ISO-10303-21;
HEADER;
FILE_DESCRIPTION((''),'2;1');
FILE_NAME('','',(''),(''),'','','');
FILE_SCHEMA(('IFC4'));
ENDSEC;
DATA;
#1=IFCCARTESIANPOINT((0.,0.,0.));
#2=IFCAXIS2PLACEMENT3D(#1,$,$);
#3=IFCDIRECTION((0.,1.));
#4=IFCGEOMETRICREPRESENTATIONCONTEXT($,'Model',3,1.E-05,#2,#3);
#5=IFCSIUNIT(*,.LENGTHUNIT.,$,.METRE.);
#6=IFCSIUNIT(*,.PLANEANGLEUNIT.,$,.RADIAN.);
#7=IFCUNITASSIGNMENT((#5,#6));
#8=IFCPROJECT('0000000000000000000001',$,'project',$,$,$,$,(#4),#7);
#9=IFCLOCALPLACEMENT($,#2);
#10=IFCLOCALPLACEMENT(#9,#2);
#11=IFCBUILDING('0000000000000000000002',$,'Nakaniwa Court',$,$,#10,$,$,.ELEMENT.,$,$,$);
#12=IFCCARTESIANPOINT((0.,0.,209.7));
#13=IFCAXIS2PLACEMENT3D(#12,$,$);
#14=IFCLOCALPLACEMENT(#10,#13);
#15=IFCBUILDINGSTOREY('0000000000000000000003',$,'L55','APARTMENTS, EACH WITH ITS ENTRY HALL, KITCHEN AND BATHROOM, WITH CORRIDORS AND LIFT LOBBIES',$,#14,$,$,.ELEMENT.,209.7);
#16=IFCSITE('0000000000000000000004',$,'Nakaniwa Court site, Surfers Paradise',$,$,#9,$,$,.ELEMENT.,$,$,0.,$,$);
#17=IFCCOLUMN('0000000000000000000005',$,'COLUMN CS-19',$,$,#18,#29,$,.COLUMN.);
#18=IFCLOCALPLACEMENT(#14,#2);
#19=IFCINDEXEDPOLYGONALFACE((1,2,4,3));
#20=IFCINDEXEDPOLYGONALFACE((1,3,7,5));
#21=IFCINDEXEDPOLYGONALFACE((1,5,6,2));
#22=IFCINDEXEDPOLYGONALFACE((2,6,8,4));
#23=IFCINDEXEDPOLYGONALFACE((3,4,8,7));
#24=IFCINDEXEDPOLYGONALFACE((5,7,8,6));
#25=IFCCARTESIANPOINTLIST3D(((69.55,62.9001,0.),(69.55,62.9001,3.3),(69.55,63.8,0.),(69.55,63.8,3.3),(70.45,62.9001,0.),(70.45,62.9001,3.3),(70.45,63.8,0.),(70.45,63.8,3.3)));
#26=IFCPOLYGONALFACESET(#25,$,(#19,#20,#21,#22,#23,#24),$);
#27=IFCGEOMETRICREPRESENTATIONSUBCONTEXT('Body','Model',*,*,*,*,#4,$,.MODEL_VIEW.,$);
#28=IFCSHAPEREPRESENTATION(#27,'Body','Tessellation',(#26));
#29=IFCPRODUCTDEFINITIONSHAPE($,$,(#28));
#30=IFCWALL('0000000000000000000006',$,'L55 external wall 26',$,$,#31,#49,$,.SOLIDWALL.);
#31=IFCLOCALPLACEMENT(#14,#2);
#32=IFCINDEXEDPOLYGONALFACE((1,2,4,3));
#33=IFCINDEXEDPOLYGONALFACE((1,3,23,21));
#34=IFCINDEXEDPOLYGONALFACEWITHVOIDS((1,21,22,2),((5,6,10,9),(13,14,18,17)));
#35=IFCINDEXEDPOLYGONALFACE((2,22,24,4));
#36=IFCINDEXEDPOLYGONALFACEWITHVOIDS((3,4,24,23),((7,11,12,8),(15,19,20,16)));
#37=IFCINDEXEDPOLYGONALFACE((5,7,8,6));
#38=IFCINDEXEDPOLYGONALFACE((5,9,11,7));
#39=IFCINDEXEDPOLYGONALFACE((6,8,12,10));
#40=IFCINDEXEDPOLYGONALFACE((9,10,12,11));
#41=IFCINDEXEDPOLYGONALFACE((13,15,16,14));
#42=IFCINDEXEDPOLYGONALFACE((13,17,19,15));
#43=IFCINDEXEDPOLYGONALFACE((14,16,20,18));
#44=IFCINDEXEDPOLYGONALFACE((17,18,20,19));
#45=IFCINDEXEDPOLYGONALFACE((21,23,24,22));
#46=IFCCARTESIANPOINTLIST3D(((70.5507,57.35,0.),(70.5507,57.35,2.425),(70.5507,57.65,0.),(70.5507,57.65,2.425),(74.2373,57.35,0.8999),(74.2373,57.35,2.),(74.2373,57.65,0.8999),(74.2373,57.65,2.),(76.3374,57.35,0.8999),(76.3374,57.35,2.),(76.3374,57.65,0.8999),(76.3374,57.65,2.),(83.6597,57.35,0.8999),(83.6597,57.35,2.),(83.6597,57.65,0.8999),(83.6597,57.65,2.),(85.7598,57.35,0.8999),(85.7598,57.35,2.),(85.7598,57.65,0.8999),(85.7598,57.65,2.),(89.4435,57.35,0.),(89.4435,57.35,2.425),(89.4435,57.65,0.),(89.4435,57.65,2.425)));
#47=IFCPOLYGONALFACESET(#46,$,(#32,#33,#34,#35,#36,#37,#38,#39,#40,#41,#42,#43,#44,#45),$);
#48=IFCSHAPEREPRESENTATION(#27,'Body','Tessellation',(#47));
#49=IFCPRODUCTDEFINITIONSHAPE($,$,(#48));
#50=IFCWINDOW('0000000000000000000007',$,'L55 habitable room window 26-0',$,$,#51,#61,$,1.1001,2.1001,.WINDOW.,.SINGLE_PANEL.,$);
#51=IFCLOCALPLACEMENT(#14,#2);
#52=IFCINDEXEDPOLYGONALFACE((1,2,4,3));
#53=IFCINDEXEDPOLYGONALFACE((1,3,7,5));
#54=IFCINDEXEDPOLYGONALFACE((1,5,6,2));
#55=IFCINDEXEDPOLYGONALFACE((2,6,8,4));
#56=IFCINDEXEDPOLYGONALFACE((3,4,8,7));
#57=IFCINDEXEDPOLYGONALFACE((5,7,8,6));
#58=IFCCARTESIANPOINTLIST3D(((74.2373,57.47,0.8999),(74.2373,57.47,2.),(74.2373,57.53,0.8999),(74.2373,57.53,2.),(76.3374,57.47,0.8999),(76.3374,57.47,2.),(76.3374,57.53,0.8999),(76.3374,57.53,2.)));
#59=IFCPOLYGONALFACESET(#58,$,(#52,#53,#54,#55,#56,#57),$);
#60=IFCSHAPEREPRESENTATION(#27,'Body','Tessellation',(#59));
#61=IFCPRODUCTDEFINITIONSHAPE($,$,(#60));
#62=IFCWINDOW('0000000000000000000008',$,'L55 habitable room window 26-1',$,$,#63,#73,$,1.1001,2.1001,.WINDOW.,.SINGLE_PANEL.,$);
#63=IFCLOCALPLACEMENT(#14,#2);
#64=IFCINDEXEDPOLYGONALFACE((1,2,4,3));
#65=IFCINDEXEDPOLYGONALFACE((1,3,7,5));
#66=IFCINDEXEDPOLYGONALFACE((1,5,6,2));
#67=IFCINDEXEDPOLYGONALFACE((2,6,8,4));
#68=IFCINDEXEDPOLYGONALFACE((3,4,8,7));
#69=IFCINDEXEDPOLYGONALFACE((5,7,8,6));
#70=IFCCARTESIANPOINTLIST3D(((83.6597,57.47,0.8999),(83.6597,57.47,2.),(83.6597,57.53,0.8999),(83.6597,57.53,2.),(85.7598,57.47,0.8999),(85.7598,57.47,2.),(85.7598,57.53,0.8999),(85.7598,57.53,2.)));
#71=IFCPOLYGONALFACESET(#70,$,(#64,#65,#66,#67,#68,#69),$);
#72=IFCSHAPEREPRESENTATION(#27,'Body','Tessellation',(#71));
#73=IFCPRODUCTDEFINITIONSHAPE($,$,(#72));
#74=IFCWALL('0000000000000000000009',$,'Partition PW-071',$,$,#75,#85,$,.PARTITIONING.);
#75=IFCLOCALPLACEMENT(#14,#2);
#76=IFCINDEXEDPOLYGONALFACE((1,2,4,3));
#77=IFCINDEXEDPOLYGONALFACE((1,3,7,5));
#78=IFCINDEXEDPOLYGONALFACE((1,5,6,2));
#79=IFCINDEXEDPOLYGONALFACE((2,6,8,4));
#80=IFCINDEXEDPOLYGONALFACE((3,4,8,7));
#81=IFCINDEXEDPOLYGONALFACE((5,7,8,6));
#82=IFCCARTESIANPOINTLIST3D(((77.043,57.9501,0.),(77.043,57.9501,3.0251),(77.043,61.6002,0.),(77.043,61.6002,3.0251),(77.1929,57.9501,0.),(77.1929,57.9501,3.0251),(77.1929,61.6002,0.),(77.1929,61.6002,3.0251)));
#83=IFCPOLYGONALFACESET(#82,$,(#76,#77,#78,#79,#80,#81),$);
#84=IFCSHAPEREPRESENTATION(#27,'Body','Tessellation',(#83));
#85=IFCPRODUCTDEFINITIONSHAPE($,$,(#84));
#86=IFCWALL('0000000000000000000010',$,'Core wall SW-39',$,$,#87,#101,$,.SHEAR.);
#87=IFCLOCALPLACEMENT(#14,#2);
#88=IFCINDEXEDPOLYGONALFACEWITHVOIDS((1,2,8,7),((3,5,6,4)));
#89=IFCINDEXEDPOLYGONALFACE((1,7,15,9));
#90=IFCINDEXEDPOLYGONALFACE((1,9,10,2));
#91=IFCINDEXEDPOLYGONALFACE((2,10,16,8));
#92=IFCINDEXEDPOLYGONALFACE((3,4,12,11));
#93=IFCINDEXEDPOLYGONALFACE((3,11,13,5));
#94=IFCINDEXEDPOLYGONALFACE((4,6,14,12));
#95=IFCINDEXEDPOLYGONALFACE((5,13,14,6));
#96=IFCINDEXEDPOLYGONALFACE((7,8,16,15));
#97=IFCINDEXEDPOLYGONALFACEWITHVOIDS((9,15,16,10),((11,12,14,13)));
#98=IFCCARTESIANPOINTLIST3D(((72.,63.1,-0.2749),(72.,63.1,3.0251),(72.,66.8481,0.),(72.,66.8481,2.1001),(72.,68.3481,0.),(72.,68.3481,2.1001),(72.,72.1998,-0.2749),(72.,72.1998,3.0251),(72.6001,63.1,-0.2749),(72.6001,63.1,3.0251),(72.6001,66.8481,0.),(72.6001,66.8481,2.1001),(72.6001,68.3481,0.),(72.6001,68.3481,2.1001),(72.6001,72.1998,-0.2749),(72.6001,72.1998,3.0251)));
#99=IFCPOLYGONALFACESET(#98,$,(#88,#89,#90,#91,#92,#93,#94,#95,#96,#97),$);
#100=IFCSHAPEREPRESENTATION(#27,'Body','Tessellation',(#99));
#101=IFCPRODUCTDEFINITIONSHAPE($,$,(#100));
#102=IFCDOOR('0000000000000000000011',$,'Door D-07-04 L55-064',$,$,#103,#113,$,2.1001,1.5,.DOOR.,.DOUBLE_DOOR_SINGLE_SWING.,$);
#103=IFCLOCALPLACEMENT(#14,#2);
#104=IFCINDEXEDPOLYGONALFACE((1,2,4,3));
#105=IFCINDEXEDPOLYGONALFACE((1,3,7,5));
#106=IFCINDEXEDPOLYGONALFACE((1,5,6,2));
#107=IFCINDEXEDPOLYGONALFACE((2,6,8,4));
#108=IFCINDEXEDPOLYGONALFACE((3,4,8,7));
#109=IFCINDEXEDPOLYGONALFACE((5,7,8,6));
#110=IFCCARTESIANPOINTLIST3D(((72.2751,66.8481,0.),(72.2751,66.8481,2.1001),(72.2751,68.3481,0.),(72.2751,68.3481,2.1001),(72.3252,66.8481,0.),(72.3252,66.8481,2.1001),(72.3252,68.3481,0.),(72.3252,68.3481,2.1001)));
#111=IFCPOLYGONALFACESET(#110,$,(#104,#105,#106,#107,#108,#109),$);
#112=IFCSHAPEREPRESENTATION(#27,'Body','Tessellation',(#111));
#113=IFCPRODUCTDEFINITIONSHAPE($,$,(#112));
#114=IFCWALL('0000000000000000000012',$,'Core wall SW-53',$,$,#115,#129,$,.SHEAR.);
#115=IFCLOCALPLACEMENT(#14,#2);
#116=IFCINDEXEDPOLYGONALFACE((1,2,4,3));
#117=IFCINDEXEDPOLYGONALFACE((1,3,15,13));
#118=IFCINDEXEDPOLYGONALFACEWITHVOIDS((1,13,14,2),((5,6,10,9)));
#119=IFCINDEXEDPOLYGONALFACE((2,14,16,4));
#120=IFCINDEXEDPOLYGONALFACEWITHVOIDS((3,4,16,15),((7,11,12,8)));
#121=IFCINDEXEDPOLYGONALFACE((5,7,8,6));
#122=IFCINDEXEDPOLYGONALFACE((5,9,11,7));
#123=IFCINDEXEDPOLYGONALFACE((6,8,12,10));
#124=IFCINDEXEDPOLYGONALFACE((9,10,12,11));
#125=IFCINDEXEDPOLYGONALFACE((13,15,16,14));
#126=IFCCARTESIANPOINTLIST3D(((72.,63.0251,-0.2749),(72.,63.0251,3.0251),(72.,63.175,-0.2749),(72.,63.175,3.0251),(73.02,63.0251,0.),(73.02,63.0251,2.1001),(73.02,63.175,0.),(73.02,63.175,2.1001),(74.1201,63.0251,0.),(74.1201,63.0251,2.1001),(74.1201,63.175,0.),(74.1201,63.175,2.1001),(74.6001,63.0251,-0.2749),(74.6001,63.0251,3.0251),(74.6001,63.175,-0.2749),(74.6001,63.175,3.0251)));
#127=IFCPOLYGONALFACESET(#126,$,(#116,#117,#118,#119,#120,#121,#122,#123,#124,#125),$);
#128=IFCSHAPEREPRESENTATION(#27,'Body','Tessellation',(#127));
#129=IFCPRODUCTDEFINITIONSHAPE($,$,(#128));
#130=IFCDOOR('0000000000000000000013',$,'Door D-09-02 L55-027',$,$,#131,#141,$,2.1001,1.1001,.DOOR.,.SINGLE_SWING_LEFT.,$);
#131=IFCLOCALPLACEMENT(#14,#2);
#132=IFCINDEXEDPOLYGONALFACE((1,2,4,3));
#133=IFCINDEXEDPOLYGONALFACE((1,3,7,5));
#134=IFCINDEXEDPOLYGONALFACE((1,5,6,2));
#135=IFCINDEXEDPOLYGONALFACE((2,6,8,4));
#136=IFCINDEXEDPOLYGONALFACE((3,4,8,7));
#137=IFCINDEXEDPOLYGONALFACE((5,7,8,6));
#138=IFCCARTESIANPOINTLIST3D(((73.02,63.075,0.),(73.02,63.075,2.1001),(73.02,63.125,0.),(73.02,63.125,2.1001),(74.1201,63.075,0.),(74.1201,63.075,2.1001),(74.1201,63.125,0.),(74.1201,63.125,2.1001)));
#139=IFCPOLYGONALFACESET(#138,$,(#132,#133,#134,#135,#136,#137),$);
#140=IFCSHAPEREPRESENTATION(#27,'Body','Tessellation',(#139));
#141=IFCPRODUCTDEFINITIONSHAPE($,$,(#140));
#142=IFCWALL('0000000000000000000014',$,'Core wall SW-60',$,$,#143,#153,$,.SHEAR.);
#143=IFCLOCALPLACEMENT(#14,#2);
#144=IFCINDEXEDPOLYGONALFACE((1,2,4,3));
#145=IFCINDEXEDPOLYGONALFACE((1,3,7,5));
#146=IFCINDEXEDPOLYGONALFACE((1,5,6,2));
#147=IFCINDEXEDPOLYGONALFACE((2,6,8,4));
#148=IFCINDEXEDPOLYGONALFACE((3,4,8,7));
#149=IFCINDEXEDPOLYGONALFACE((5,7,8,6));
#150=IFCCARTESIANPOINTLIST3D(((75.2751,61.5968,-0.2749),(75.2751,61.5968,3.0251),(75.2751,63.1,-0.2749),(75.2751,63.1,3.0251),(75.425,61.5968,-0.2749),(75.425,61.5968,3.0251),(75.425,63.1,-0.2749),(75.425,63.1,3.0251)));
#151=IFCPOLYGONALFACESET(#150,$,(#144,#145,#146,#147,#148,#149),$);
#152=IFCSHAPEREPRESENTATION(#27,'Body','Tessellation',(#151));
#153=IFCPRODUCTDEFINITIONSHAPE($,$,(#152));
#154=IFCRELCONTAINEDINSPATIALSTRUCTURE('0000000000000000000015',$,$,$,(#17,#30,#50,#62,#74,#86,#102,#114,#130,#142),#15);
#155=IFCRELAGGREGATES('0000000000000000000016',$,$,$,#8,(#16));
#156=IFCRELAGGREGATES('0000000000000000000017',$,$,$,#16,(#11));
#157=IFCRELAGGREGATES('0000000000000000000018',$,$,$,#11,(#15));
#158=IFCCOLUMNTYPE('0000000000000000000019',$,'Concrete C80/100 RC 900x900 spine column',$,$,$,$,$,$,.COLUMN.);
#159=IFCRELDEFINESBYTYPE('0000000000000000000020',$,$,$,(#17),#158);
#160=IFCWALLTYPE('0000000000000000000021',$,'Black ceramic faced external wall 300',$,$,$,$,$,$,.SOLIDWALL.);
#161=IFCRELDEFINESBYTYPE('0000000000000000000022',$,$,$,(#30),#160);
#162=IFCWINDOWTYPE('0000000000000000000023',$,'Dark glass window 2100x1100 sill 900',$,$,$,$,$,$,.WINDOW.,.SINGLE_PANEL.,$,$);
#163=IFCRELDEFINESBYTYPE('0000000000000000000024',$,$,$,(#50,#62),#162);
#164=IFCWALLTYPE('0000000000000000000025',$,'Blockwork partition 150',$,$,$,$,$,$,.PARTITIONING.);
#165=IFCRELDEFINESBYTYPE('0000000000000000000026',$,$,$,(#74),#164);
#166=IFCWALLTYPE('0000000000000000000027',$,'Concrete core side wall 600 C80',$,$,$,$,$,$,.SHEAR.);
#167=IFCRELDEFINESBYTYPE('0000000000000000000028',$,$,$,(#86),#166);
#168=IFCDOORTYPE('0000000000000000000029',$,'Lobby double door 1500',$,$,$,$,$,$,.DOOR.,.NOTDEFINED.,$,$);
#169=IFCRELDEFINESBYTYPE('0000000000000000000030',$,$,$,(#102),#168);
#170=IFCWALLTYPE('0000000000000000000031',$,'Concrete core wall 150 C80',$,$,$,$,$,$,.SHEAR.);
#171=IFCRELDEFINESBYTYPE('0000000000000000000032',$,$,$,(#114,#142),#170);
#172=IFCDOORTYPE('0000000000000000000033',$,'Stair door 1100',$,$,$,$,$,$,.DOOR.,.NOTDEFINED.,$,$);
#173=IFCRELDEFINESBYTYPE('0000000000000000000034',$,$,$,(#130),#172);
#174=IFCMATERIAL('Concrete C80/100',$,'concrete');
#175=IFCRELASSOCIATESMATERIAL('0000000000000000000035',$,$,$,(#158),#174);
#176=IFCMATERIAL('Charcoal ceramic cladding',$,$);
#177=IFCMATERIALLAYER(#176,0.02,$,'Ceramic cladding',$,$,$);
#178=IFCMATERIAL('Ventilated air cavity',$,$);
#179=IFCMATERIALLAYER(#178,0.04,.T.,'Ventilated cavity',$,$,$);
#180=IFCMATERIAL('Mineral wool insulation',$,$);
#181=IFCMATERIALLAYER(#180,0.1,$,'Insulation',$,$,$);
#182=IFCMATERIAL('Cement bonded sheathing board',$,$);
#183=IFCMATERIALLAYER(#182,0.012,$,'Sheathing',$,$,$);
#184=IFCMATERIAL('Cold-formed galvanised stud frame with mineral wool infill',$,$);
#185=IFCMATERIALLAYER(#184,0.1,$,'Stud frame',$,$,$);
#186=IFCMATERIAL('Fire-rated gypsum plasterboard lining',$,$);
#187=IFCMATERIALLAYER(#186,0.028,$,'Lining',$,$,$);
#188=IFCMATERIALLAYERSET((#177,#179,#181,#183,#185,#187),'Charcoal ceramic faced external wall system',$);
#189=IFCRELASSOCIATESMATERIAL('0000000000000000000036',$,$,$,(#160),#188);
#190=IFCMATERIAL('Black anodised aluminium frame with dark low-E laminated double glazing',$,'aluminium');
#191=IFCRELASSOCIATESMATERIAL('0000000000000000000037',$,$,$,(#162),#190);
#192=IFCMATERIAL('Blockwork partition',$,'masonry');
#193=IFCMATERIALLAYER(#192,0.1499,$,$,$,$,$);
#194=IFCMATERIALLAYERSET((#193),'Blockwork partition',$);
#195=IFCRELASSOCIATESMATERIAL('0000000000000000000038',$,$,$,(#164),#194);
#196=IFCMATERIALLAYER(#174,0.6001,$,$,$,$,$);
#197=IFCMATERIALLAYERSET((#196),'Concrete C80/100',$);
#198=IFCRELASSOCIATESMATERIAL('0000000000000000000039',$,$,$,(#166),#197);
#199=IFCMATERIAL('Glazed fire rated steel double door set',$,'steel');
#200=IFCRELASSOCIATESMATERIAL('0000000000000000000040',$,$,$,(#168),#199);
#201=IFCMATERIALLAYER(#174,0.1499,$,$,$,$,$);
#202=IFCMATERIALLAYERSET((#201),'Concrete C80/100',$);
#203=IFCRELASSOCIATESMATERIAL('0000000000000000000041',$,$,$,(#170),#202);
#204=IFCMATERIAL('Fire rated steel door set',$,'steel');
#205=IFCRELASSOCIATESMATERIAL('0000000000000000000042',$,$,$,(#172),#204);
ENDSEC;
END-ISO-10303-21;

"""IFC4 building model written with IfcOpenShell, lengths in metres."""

from ifc_helpers import new_model, si_unit, direction, frame, frame_2d, origin, origin_2d, place, context, subcontext, project, spatial, rectangle, extrude, material, layer, layer_set, material_profile, profile_set, type_object, element, fill, save


model = new_model("IFC4")

# Units and contexts
model_context = context("Model", 3, precision=1e-05, world=origin(), true_north=direction((0.0, 1.0)))
body_context = subcontext(model_context, "Body", "Model", "MODEL_VIEW")
ifc_project = project(units=[si_unit("LENGTHUNIT", "METRE"), si_unit("PLANEANGLEUNIT", "RADIAN")], contexts=[model_context])

# Site, building, storey
site_placement = place(None, origin())
site = spatial("IfcSite", under=ifc_project, at=site_placement, Name="Nakaniwa Court site, Surfers Paradise", CompositionType="ELEMENT", RefElevation=0.0)
building_placement = place(site_placement, origin())
building = spatial("IfcBuilding", under=site, at=building_placement, Name="Nakaniwa Court", CompositionType="ELEMENT")
storey_placement = place(building_placement, frame((0.0, 0.0, 209.7)))
storey = spatial("IfcBuildingStorey", under=building, at=storey_placement, Name="L55", Description="APARTMENTS, EACH WITH ITS ENTRY HALL, KITCHEN AND BATHROOM, WITH CORRIDORS AND LIFT LOBBIES", CompositionType="ELEMENT", Elevation=209.7)

# Column
ifc_material_1 = material(Name="Concrete C80/100", Category="concrete")
ifc_material_profile_1 = material_profile(ifc_material_1, rectangle(XDim=0.8999, YDim=0.8999, at=origin_2d()), Name="Concrete C80/100 RC 900x900 spine column")
ifc_profile_set_1 = profile_set([ifc_material_profile_1], Name="Concrete C80/100")
column_type = type_object("IfcColumnType", Name="Concrete C80/100 RC 900x900 spine column", PredefinedType="COLUMN", material=ifc_profile_set_1)
column_placement = place(storey_placement, frame((70.0, 63.3501, 0.0), z_axis=(0.0, 0.0, 1.0), x_axis=(0.0, -1.0, 0.0)))
element("IfcColumn", 1, at=column_placement, inside=storey, type_object=column_type, Name="COLUMN CS-19", PredefinedType="COLUMN", context=body_context, shape_type="SweptSolid", body=[
    extrude(rectangle(XDim=0.8999, YDim=0.8999, at=origin_2d()), origin(), (0.0, 0.0, 1.0), 3.3),
])

# Wall, openings, windows
ifc_material_2 = material(Name="Charcoal ceramic cladding")
ifc_layer_1 = layer(ifc_material_2, 0.02, Name="Ceramic cladding")
ifc_material_3 = material(Name="Ventilated air cavity")
ifc_layer_2 = layer(ifc_material_3, 0.04, ventilated=True, Name="Ventilated cavity")
ifc_material_4 = material(Name="Mineral wool insulation")
ifc_layer_3 = layer(ifc_material_4, 0.1, Name="Insulation")
ifc_material_5 = material(Name="Cement bonded sheathing board")
ifc_layer_4 = layer(ifc_material_5, 0.012, Name="Sheathing")
ifc_material_6 = material(Name="Cold-formed galvanised stud frame with mineral wool infill")
ifc_layer_5 = layer(ifc_material_6, 0.1, Name="Stud frame")
ifc_material_7 = material(Name="Fire-rated gypsum plasterboard lining")
ifc_layer_6 = layer(ifc_material_7, 0.028, Name="Lining")
ifc_layer_set_1 = layer_set([ifc_layer_1, ifc_layer_2, ifc_layer_3, ifc_layer_4, ifc_layer_5, ifc_layer_6], Name="Charcoal ceramic faced external wall system")
wall_type_1 = type_object("IfcWallType", Name="Black ceramic faced external wall 300", PredefinedType="SOLIDWALL", material=ifc_layer_set_1)
wall_1_placement = place(storey_placement, frame((70.5508, 57.5, 0.0), z_axis=(0.0, 0.0, 1.0), x_axis=(1.0, 0.0, 0.0)))
wall_1 = element("IfcWall", 2, at=wall_1_placement, inside=storey, type_object=wall_type_1, Name="L55 external wall 26", PredefinedType="SOLIDWALL", context=body_context, shape_type="SweptSolid", body=[
    extrude(rectangle(XDim=18.8928, YDim=0.3, at=frame_2d((9.4463, 0.0))), origin(), (0.0, 0.0, 1.0), 2.425),
])
opening_1_placement = place(wall_1_placement, frame((3.6865, 0.0, 0.8999)))
opening_1 = element("IfcOpeningElement", 3, at=opening_1_placement, cuts=wall_1, PredefinedType="OPENING", context=body_context, shape_type="SweptSolid", body=[
    extrude(rectangle(XDim=2.1001, YDim=1.1001, at=frame_2d((1.05, 0.55))), frame((0.0, 0.1599, 0.0), z_axis=(0.0, -1.0, 0.0), x_axis=(1.0, 0.0, 0.0)), (0.0, 0.0, 1.0), 0.3201),
])
opening_2_placement = place(wall_1_placement, frame((13.1089, 0.0, 0.8999)))
opening_2 = element("IfcOpeningElement", 4, at=opening_2_placement, cuts=wall_1, PredefinedType="OPENING", context=body_context, shape_type="SweptSolid", body=[
    extrude(rectangle(XDim=2.1001, YDim=1.1001, at=frame_2d((1.05, 0.55))), frame((0.0, 0.1599, 0.0), z_axis=(0.0, -1.0, 0.0), x_axis=(1.0, 0.0, 0.0)), (0.0, 0.0, 1.0), 0.3201),
])
ifc_material_8 = material(Name="Black anodised aluminium frame with dark low-E laminated double glazing", Category="aluminium")
window_type = type_object("IfcWindowType", Name="Dark glass window 2100x1100 sill 900", PartitioningType="SINGLE_PANEL", PredefinedType="WINDOW", material=ifc_material_8)
window_1_placement = place(opening_1_placement, origin())
window_1 = element("IfcWindow", 5, at=window_1_placement, inside=storey, type_object=window_type, Name="L55 habitable room window 26-0", OverallHeight=1.1001, OverallWidth=2.1001, PartitioningType="SINGLE_PANEL", PredefinedType="WINDOW", context=body_context, shape_type="SweptSolid", body=[
    extrude(rectangle(XDim=2.1001, YDim=1.1001, at=frame_2d((1.05, 0.55))), frame((0.0, 0.03, 0.0), z_axis=(0.0, -1.0, 0.0), x_axis=(1.0, 0.0, 0.0)), (0.0, 0.0, 1.0), 0.0601),
])
fill(opening_1, window_1)
window_2_placement = place(opening_2_placement, origin())
window_2 = element("IfcWindow", 6, at=window_2_placement, inside=storey, type_object=window_type, Name="L55 habitable room window 26-1", OverallHeight=1.1001, OverallWidth=2.1001, PartitioningType="SINGLE_PANEL", PredefinedType="WINDOW", context=body_context, shape_type="SweptSolid", body=[
    extrude(rectangle(XDim=2.1001, YDim=1.1001, at=frame_2d((1.05, 0.55))), frame((0.0, 0.03, 0.0), z_axis=(0.0, -1.0, 0.0), x_axis=(1.0, 0.0, 0.0)), (0.0, 0.0, 1.0), 0.0601),
])
fill(opening_2, window_2)

# Wall
ifc_material_9 = material(Name="Blockwork partition", Category="masonry")
ifc_layer_7 = layer(ifc_material_9, 0.1499)
ifc_layer_set_2 = layer_set([ifc_layer_7], Name="Blockwork partition")
wall_type_2 = type_object("IfcWallType", Name="Blockwork partition 150", PredefinedType="PARTITIONING", material=ifc_layer_set_2)
wall_2_placement = place(storey_placement, frame((77.1179, 57.95, 0.0), z_axis=(0.0, 0.0, 1.0), x_axis=(0.0, 1.0, 0.0)))
element("IfcWall", 7, at=wall_2_placement, inside=storey, type_object=wall_type_2, Name="Partition PW-071", PredefinedType="PARTITIONING", context=body_context, shape_type="SweptSolid", body=[
    extrude(rectangle(XDim=3.6501, YDim=0.1499, at=frame_2d((1.8252, 0.0))), origin(), (0.0, 0.0, 1.0), 3.0251),
])

# Walls, openings, doors
ifc_layer_8 = layer(ifc_material_1, 0.6001)
ifc_layer_set_3 = layer_set([ifc_layer_8], Name="Concrete C80/100")
wall_type_3 = type_object("IfcWallType", Name="Concrete core side wall 600 C80", PredefinedType="SHEAR", material=ifc_layer_set_3)
wall_3_placement = place(storey_placement, frame((72.3, 63.1001, -0.2749), z_axis=(0.0, 0.0, 1.0), x_axis=(0.0, 1.0, 0.0)))
wall_3 = element("IfcWall", 8, at=wall_3_placement, inside=storey, type_object=wall_type_3, Name="Core wall SW-39", PredefinedType="SHEAR", context=body_context, shape_type="SweptSolid", body=[
    extrude(rectangle(XDim=9.0999, YDim=0.6001, at=frame_2d((4.5498, 0.0))), origin(), (0.0, 0.0, 1.0), 3.3),
])
opening_3_placement = place(wall_3_placement, frame((3.748, 0.0, 0.2749)))
opening_3 = element("IfcOpeningElement", 9, at=opening_3_placement, cuts=wall_3, PredefinedType="OPENING", context=body_context, shape_type="SweptSolid", body=[
    extrude(rectangle(XDim=1.5, YDim=2.1001, at=frame_2d((0.75, 1.05))), frame((0.0, 0.3101, 0.0), z_axis=(0.0, -1.0, 0.0), x_axis=(1.0, 0.0, 0.0)), (0.0, 0.0, 1.0), 0.6201),
])
ifc_material_10 = material(Name="Glazed fire rated steel double door set", Category="steel")
door_type_1 = type_object("IfcDoorType", Name="Lobby double door 1500", OperationType="NOTDEFINED", PredefinedType="DOOR", material=ifc_material_10)
door_1_placement = place(opening_3_placement, origin())
door_1 = element("IfcDoor", 10, at=door_1_placement, inside=storey, type_object=door_type_1, Name="Door D-07-04 L55-064", OperationType="DOUBLE_DOOR_SINGLE_SWING", OverallHeight=2.1001, OverallWidth=1.5, PredefinedType="DOOR", context=body_context, shape_type="SweptSolid", body=[
    extrude(rectangle(XDim=1.5, YDim=2.1001, at=frame_2d((0.75, 1.05))), frame((0.0, 0.0249, 0.0), z_axis=(0.0, -1.0, 0.0), x_axis=(1.0, 0.0, 0.0)), (0.0, 0.0, 1.0), 0.05),
])
fill(opening_3, door_1)
ifc_layer_9 = layer(ifc_material_1, 0.1499)
ifc_layer_set_4 = layer_set([ifc_layer_9], Name="Concrete C80/100")
wall_type_4 = type_object("IfcWallType", Name="Concrete core wall 150 C80", PredefinedType="SHEAR", material=ifc_layer_set_4)
wall_4_placement = place(storey_placement, frame((72.0, 63.1001, -0.2749), z_axis=(0.0, 0.0, 1.0), x_axis=(1.0, 0.0, 0.0)))
wall_4 = element("IfcWall", 11, at=wall_4_placement, inside=storey, type_object=wall_type_4, Name="Core wall SW-53", PredefinedType="SHEAR", context=body_context, shape_type="SweptSolid", body=[
    extrude(rectangle(XDim=2.6001, YDim=0.1499, at=frame_2d((1.3, 0.0))), origin(), (0.0, 0.0, 1.0), 3.3),
])
opening_4_placement = place(wall_4_placement, frame((1.02, 0.0, 0.2749)))
opening_4 = element("IfcOpeningElement", 12, at=opening_4_placement, cuts=wall_4, PredefinedType="OPENING", context=body_context, shape_type="SweptSolid", body=[
    extrude(rectangle(XDim=1.1001, YDim=2.1001, at=frame_2d((0.55, 1.05))), frame((0.0, 0.085, 0.0), z_axis=(0.0, -1.0, 0.0), x_axis=(1.0, 0.0, 0.0)), (0.0, 0.0, 1.0), 0.1699),
])
ifc_material_11 = material(Name="Fire rated steel door set", Category="steel")
door_type_2 = type_object("IfcDoorType", Name="Stair door 1100", OperationType="NOTDEFINED", PredefinedType="DOOR", material=ifc_material_11)
door_2_placement = place(opening_4_placement, origin())
door_2 = element("IfcDoor", 13, at=door_2_placement, inside=storey, type_object=door_type_2, Name="Door D-09-02 L55-027", OperationType="SINGLE_SWING_LEFT", OverallHeight=2.1001, OverallWidth=1.1001, PredefinedType="DOOR", context=body_context, shape_type="SweptSolid", body=[
    extrude(rectangle(XDim=1.1001, YDim=2.1001, at=frame_2d((0.55, 1.05))), frame((0.0, 0.0249, 0.0), z_axis=(0.0, -1.0, 0.0), x_axis=(1.0, 0.0, 0.0)), (0.0, 0.0, 1.0), 0.05),
])
fill(opening_4, door_2)

# Wall
wall_5_placement = place(storey_placement, frame((75.3501, 61.5969, -0.2749), z_axis=(0.0, 0.0, 1.0), x_axis=(0.0, 1.0, 0.0)))
element("IfcWall", 14, at=wall_5_placement, inside=storey, type_object=wall_type_4, Name="Core wall SW-60", PredefinedType="SHEAR", context=body_context, shape_type="SweptSolid", body=[
    extrude(rectangle(XDim=1.5032, YDim=0.1499, at=frame_2d((0.7515, 0.0))), origin(), (0.0, 0.0, 1.0), 3.3),
])

save(model, "model.ifc")
